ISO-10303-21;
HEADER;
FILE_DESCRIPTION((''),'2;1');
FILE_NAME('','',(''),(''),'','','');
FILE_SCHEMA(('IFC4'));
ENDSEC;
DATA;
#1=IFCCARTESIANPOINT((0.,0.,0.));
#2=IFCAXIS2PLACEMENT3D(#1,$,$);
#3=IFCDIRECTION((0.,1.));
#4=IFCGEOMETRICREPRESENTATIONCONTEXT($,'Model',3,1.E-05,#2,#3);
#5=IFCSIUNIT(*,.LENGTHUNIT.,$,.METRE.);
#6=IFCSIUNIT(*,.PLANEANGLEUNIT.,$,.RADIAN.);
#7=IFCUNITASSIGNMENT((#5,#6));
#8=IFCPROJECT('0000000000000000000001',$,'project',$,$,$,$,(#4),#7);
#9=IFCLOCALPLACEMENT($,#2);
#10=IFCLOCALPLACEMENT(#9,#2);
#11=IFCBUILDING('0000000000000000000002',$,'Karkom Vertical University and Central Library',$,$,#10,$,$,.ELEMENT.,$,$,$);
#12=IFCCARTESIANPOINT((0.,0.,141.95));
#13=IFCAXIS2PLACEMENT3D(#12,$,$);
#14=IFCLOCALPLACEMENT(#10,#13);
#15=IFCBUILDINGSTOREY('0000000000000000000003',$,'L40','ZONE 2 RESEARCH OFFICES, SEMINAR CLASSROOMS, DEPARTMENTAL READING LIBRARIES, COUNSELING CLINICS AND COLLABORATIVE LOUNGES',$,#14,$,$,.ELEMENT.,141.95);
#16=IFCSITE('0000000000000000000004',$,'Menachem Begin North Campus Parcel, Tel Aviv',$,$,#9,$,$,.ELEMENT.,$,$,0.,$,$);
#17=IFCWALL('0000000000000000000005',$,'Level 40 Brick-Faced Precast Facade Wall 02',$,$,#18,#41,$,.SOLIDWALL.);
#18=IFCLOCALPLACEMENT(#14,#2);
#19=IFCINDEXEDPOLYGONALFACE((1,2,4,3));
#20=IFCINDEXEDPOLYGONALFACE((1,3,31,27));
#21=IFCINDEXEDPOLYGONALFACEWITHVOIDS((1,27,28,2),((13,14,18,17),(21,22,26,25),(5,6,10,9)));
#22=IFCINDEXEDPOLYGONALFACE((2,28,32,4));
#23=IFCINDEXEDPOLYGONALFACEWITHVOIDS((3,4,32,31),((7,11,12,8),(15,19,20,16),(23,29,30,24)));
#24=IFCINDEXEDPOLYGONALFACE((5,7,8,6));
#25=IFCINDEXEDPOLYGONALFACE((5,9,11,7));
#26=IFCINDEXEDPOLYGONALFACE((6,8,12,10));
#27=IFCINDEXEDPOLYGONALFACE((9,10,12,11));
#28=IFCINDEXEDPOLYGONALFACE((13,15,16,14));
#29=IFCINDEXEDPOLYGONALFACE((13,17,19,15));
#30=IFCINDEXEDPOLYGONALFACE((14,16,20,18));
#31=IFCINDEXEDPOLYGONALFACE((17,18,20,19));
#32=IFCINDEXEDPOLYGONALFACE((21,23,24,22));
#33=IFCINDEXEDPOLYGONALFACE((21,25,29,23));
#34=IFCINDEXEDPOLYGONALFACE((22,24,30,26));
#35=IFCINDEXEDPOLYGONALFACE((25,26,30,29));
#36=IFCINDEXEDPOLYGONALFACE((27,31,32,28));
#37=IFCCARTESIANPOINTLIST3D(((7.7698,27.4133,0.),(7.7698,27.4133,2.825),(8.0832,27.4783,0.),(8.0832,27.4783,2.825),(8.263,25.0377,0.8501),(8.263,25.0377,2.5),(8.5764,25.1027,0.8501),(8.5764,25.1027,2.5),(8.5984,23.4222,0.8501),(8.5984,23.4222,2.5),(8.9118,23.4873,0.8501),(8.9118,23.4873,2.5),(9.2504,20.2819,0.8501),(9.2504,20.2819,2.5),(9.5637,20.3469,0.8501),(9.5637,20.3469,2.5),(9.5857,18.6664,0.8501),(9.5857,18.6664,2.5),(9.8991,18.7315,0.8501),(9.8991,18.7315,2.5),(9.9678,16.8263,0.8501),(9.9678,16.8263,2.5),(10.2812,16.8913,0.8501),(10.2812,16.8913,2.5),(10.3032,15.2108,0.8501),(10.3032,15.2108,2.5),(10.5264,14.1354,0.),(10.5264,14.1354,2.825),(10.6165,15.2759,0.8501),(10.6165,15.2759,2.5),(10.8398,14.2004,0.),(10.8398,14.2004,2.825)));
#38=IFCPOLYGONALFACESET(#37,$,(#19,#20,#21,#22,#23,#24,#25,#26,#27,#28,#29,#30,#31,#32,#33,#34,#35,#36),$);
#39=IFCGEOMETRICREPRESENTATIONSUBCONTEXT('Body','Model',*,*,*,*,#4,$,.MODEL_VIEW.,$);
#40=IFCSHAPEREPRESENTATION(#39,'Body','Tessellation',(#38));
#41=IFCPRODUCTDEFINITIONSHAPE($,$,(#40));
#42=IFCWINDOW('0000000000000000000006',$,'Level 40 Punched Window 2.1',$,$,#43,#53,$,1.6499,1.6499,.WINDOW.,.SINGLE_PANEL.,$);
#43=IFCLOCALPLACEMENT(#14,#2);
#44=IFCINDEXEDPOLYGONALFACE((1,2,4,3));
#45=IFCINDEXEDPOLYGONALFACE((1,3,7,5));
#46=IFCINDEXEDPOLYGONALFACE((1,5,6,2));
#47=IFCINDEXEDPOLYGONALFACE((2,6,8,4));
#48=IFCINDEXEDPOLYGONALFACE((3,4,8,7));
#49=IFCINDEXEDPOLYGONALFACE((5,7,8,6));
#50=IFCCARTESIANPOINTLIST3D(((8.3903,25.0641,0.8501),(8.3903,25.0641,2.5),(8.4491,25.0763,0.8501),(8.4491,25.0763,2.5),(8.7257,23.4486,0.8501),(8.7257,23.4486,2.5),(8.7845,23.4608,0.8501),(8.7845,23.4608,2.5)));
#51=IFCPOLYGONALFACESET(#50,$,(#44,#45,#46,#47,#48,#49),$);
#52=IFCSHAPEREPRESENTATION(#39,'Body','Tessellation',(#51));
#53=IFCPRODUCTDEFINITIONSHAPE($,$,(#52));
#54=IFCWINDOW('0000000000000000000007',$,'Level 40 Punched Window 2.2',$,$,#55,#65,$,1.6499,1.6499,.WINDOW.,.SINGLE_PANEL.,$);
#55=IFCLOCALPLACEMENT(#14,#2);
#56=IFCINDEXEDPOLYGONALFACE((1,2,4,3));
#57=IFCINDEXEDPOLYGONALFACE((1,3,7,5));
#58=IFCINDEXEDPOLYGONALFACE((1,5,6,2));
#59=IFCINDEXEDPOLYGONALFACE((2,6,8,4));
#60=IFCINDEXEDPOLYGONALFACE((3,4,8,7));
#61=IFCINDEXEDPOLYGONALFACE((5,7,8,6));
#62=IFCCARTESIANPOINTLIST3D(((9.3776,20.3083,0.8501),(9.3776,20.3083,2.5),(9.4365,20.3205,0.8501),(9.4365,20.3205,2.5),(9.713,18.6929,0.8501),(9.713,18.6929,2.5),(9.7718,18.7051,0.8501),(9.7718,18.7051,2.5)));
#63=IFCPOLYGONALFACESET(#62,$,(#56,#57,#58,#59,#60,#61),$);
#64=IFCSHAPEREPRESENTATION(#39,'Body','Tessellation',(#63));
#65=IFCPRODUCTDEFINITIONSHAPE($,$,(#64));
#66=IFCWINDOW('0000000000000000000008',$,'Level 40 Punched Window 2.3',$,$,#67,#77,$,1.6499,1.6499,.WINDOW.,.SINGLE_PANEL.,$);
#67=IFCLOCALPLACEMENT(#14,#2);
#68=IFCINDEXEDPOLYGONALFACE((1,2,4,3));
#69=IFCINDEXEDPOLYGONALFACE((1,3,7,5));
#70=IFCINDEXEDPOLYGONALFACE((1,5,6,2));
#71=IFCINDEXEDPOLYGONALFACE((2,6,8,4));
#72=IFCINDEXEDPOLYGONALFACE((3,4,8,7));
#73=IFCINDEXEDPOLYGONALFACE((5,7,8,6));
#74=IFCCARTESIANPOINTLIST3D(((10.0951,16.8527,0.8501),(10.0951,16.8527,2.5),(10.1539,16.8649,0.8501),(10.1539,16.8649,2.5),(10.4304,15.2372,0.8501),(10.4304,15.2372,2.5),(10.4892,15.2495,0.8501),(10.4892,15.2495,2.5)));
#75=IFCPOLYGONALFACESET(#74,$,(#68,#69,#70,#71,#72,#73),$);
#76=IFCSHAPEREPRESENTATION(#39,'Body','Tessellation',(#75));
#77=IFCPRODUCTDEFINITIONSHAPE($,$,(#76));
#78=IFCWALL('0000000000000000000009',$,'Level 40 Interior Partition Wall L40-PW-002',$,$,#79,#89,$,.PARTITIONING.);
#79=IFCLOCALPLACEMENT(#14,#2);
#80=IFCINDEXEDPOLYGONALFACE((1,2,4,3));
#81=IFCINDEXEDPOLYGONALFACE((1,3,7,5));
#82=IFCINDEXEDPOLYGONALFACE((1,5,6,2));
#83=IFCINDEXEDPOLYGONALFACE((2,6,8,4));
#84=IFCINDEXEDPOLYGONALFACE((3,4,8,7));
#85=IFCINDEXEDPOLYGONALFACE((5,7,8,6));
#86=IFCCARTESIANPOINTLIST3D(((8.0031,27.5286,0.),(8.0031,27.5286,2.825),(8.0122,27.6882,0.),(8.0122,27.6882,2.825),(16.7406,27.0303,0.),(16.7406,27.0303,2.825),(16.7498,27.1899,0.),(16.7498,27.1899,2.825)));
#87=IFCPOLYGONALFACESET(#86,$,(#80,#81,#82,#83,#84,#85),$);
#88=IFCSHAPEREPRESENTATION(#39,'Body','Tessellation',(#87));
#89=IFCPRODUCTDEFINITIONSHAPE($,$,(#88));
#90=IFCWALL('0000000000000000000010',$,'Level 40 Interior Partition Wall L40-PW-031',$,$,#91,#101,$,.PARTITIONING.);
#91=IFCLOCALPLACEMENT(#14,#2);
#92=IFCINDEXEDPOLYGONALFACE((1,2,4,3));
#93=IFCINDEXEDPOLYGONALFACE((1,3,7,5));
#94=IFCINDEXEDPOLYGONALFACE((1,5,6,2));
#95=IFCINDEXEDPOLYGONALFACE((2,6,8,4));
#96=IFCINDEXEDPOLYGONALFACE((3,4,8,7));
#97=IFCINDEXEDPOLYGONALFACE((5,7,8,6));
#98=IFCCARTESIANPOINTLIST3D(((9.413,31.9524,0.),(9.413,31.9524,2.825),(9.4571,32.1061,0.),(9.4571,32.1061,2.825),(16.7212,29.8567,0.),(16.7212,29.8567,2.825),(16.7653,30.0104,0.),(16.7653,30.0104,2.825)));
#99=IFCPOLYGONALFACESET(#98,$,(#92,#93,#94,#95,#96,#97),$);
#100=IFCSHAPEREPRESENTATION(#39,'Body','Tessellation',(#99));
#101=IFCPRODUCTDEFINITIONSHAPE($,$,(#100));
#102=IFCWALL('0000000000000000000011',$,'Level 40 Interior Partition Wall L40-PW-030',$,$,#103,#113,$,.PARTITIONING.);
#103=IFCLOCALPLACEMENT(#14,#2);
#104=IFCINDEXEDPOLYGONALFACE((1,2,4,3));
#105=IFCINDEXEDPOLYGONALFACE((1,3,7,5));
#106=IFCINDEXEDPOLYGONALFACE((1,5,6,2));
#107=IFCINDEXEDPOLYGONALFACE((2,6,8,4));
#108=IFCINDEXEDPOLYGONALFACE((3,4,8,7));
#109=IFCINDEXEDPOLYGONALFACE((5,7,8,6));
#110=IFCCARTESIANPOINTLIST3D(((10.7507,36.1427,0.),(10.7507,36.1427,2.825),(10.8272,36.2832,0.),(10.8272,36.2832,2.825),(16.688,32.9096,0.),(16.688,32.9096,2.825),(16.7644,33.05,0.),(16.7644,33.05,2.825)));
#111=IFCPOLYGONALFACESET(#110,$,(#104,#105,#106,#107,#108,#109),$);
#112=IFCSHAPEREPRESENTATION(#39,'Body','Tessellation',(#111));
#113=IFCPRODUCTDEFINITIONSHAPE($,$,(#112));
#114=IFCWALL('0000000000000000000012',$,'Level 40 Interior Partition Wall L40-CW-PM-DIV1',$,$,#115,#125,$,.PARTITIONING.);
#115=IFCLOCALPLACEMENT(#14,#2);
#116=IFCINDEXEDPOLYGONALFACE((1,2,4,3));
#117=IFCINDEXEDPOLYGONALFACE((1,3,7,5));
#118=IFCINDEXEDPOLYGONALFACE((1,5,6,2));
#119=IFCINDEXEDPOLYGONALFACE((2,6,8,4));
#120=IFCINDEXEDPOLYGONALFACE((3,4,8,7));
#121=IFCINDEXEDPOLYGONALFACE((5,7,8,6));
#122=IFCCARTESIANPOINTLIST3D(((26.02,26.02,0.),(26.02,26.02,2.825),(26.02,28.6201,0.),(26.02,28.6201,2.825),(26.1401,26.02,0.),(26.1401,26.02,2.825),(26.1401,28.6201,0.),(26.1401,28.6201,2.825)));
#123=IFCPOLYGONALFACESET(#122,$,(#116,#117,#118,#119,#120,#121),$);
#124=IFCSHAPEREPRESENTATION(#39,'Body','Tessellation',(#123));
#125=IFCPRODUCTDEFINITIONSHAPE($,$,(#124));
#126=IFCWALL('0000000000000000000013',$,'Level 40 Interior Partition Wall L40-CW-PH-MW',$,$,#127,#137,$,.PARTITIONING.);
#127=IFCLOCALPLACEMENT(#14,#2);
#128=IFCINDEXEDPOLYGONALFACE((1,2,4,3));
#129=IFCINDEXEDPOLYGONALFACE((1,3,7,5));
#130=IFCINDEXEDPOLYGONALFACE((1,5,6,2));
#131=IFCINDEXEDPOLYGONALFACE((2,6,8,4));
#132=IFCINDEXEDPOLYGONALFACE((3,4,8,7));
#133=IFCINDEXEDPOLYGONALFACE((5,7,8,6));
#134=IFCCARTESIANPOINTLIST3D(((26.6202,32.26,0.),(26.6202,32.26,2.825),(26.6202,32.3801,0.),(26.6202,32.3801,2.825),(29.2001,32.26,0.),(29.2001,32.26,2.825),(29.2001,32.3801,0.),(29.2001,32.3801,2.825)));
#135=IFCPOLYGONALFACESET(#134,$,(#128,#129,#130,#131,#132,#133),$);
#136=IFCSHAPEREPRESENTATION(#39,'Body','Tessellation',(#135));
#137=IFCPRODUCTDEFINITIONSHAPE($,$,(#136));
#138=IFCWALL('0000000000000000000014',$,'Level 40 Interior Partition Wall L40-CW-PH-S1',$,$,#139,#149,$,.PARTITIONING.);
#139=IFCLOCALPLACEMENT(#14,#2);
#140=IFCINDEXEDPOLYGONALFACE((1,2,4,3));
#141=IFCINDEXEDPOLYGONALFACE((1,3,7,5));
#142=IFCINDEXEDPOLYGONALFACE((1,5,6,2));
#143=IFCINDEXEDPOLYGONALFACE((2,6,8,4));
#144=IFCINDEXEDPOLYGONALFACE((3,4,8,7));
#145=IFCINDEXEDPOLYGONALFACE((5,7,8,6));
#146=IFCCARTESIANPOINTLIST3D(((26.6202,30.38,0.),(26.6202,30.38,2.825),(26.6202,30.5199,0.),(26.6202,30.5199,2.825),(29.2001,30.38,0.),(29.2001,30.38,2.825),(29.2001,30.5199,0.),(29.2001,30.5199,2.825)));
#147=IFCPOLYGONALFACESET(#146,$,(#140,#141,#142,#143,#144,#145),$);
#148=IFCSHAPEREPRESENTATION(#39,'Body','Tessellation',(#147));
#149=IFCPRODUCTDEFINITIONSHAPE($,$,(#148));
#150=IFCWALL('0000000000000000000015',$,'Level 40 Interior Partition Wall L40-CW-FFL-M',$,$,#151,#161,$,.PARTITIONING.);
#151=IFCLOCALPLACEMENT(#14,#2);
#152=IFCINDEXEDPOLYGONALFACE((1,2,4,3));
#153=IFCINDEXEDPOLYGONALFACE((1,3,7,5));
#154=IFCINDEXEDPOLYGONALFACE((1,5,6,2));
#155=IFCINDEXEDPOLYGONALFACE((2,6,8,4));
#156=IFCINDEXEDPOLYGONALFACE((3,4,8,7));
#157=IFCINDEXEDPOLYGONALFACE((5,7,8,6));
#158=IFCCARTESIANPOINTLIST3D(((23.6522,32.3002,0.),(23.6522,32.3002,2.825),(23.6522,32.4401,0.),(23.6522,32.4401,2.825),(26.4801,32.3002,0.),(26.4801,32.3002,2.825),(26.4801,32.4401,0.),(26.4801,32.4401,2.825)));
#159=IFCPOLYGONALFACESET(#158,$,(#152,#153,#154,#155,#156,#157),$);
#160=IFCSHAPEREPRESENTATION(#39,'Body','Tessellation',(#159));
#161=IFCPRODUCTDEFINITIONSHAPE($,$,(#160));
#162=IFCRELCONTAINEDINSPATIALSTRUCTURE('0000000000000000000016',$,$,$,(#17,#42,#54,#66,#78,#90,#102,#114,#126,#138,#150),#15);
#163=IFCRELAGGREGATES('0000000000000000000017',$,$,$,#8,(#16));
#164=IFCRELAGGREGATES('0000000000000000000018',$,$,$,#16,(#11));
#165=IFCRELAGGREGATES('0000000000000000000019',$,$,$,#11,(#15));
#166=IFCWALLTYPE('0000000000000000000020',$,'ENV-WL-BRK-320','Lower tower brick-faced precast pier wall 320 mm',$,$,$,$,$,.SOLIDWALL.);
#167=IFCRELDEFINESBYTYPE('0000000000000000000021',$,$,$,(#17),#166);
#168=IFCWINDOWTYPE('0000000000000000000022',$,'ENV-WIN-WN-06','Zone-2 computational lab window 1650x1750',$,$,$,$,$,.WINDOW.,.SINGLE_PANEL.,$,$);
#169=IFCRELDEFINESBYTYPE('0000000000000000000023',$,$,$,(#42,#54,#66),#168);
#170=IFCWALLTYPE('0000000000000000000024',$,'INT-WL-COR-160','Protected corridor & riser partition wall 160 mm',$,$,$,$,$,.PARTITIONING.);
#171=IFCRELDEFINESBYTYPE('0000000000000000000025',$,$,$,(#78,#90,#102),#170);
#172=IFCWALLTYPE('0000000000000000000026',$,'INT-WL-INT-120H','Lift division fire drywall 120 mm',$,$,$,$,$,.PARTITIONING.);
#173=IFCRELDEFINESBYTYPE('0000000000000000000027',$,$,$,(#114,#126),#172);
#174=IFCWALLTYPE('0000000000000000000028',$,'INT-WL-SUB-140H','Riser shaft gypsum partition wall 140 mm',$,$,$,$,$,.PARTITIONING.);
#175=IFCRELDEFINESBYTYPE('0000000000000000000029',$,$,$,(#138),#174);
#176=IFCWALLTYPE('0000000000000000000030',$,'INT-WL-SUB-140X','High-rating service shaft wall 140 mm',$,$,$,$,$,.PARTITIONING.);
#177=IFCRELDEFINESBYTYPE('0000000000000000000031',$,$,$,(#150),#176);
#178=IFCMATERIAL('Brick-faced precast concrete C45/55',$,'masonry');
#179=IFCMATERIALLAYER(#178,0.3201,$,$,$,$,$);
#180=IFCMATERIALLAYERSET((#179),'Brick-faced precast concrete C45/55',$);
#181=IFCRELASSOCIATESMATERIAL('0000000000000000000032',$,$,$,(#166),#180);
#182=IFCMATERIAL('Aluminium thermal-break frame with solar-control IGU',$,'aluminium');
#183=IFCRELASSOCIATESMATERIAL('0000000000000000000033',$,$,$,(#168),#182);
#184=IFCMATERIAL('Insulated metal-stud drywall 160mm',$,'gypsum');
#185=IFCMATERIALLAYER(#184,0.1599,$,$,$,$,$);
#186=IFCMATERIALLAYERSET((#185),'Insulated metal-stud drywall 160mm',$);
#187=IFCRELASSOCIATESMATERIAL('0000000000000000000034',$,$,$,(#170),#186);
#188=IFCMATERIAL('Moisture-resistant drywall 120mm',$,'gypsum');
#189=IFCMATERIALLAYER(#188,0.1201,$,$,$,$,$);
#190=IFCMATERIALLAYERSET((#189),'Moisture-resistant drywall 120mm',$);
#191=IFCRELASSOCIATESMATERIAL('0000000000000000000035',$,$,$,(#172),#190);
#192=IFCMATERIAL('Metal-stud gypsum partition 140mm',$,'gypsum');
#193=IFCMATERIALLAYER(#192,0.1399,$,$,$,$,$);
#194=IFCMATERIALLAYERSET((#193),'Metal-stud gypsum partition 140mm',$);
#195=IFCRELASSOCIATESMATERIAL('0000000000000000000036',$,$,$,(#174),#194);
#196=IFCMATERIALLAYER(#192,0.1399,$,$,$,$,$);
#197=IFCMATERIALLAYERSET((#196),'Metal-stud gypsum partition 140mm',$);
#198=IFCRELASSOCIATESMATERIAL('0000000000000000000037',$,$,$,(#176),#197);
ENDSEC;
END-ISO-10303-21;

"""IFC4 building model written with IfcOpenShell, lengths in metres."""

from ifc_helpers import new_model, si_unit, direction, frame, frame_2d, origin, origin_with_axes, place, context, subcontext, project, spatial, rectangle, extrude, source, transform, mapped, material, layer, layer_set, type_object, element, fill, save


model = new_model("IFC4")

# Units and contexts
model_context = context("Model", 3, precision=1e-05, world=origin(), true_north=direction((0.0, 1.0)))
body_context = subcontext(model_context, "Body", "Model", "MODEL_VIEW")
ifc_project = project(units=[si_unit("LENGTHUNIT", "METRE"), si_unit("PLANEANGLEUNIT", "RADIAN")], contexts=[model_context])

# Site, building, storey
site_placement = place(None, origin())
site = spatial("IfcSite", under=ifc_project, at=site_placement, Name="Menachem Begin North Campus Parcel, Tel Aviv", CompositionType="ELEMENT", RefElevation=0.0)
building_placement = place(site_placement, origin())
building = spatial("IfcBuilding", under=site, at=building_placement, Name="Karkom Vertical University and Central Library", CompositionType="ELEMENT")
storey_placement = place(building_placement, frame((0.0, 0.0, 141.95)))
storey = spatial("IfcBuildingStorey", under=building, at=storey_placement, Name="L40", Description="ZONE 2 RESEARCH OFFICES, SEMINAR CLASSROOMS, DEPARTMENTAL READING LIBRARIES, COUNSELING CLINICS AND COLLABORATIVE LOUNGES", CompositionType="ELEMENT", Elevation=141.95)

# Wall, openings, windows
ifc_material_1 = material(Name="Brick-faced precast concrete C45/55", Category="masonry")
ifc_layer_1 = layer(ifc_material_1, 0.3201)
ifc_layer_set_1 = layer_set([ifc_layer_1], Name="Brick-faced precast concrete C45/55")
wall_type_1 = type_object("IfcWallType", Name="ENV-WL-BRK-320", Description="Lower tower brick-faced precast pier wall 320 mm", PredefinedType="SOLIDWALL", material=ifc_layer_set_1)
wall_1_placement = place(storey_placement, frame((7.9265, 27.4458, 0.0), z_axis=(0.0, 0.0, 1.0), x_axis=(0.203274, -0.979122, 0.0)))
wall_1 = element("IfcWall", 1, at=wall_1_placement, inside=storey, type_object=wall_type_1, Name="Level 40 Brick-Faced Precast Facade Wall 02", PredefinedType="SOLIDWALL", context=body_context, shape_type="SweptSolid", body=[
    extrude(rectangle(XDim=13.561, YDim=0.3201, at=frame_2d((6.7805, 0.0))), origin(), (0.0, 0.0, 1.0), 2.825),
])
opening_1_placement = place(wall_1_placement, frame((2.4263, 0.0, 0.8501)))
opening_1 = element("IfcOpeningElement", 2, at=opening_1_placement, cuts=wall_1, PredefinedType="OPENING", context=body_context, shape_type="SweptSolid", body=[
    extrude(rectangle(XDim=1.6499, YDim=1.6499, at=frame_2d((0.825, 0.825))), frame((0.0, 0.1699, 0.0), z_axis=(0.0, -1.0, 0.0), x_axis=(1.0, 0.0, 0.0)), (0.0, 0.0, 1.0), 0.3401),
])
opening_2_placement = place(wall_1_placement, frame((7.2834, 0.0, 0.8501)))
opening_2 = element("IfcOpeningElement", 3, at=opening_2_placement, cuts=wall_1, PredefinedType="OPENING", context=body_context, shape_type="SweptSolid", body=[
    extrude(rectangle(XDim=1.6499, YDim=1.6499, at=frame_2d((0.825, 0.825))), frame((0.0, 0.1699, 0.0), z_axis=(0.0, -1.0, 0.0), x_axis=(1.0, 0.0, 0.0)), (0.0, 0.0, 1.0), 0.3401),
])
opening_3_placement = place(wall_1_placement, frame((10.8127, 0.0, 0.8501)))
opening_3 = element("IfcOpeningElement", 4, at=opening_3_placement, cuts=wall_1, PredefinedType="OPENING", context=body_context, shape_type="SweptSolid", body=[
    extrude(rectangle(XDim=1.6499, YDim=1.6499, at=frame_2d((0.825, 0.825))), frame((0.0, 0.1699, 0.0), z_axis=(0.0, -1.0, 0.0), x_axis=(1.0, 0.0, 0.0)), (0.0, 0.0, 1.0), 0.3401),
])
ifc_material_2 = material(Name="Aluminium thermal-break frame with solar-control IGU", Category="aluminium")
window_type = type_object("IfcWindowType", Name="ENV-WIN-WN-06", Description="Zone-2 computational lab window 1650x1750", PartitioningType="SINGLE_PANEL", PredefinedType="WINDOW", material=ifc_material_2)
shared_shape_1 = source(origin_with_axes(), body_context, "Body", "SweptSolid", [
    extrude(rectangle(XDim=1.6499, YDim=1.6499, at=frame_2d((0.825, 0.825))), frame((0.0, 0.03, 0.0), z_axis=(0.0, -1.0, 0.0), x_axis=(1.0, 0.0, 0.0)), (0.0, 0.0, 1.0), 0.0601),
])
window_1_placement = place(opening_1_placement, origin())
window_1 = element("IfcWindow", 5, at=window_1_placement, inside=storey, type_object=window_type, Name="Level 40 Punched Window 2.1", OverallHeight=1.6499, OverallWidth=1.6499, PartitioningType="SINGLE_PANEL", PredefinedType="WINDOW", context=body_context, shape_type="MappedRepresentation", body=[
    mapped(shared_shape_1, transform((0.0, 0.0, 0.0), scale=1.0)),
])
fill(opening_1, window_1)
window_2_placement = place(opening_2_placement, origin())
window_2 = element("IfcWindow", 6, at=window_2_placement, inside=storey, type_object=window_type, Name="Level 40 Punched Window 2.2", OverallHeight=1.6499, OverallWidth=1.6499, PartitioningType="SINGLE_PANEL", PredefinedType="WINDOW", context=body_context, shape_type="MappedRepresentation", body=[
    mapped(shared_shape_1, transform((0.0, 0.0, 0.0), scale=1.0)),
])
fill(opening_2, window_2)
window_3_placement = place(opening_3_placement, origin())
window_3 = element("IfcWindow", 7, at=window_3_placement, inside=storey, type_object=window_type, Name="Level 40 Punched Window 2.3", OverallHeight=1.6499, OverallWidth=1.6499, PartitioningType="SINGLE_PANEL", PredefinedType="WINDOW", context=body_context, shape_type="MappedRepresentation", body=[
    mapped(shared_shape_1, transform((0.0, 0.0, 0.0), scale=1.0)),
])
fill(opening_3, window_3)

# Walls
ifc_material_3 = material(Name="Insulated metal-stud drywall 160mm", Category="gypsum")
ifc_layer_2 = layer(ifc_material_3, 0.1599)
ifc_layer_set_2 = layer_set([ifc_layer_2], Name="Insulated metal-stud drywall 160mm")
wall_type_2 = type_object("IfcWallType", Name="INT-WL-COR-160", Description="Protected corridor & riser partition wall 160 mm", PredefinedType="PARTITIONING", material=ifc_layer_set_2)
wall_2_placement = place(storey_placement, frame((8.0076, 27.6084, 0.0), z_axis=(0.0, 0.0, 1.0), x_axis=(0.998378, -0.056936, 0.0)))
element("IfcWall", 8, at=wall_2_placement, inside=storey, type_object=wall_type_2, Name="Level 40 Interior Partition Wall L40-PW-002", PredefinedType="PARTITIONING", context=body_context, shape_type="SweptSolid", body=[
    extrude(rectangle(XDim=8.7517, YDim=0.1599, at=frame_2d((4.376, 0.0))), origin(), (0.0, 0.0, 1.0), 2.825),
])
wall_3_placement = place(storey_placement, frame((16.7432, 29.9336, 0.0), z_axis=(0.0, 0.0, 1.0), x_axis=(-0.961259, 0.275646, 0.0)))
element("IfcWall", 9, at=wall_3_placement, inside=storey, type_object=wall_type_2, Name="Level 40 Interior Partition Wall L40-PW-031", PredefinedType="PARTITIONING", context=body_context, shape_type="SweptSolid", body=[
    extrude(rectangle(XDim=7.6028, YDim=0.1599, at=frame_2d((3.8013, 0.0))), origin(), (0.0, 0.0, 1.0), 2.825),
])
wall_4_placement = place(storey_placement, frame((16.7263, 32.9797, 0.0), z_axis=(0.0, 0.0, 1.0), x_axis=(-0.878228, 0.478242, 0.0)))
element("IfcWall", 10, at=wall_4_placement, inside=storey, type_object=wall_type_2, Name="Level 40 Interior Partition Wall L40-PW-030", PredefinedType="PARTITIONING", context=body_context, shape_type="SweptSolid", body=[
    extrude(rectangle(XDim=6.7605, YDim=0.1599, at=frame_2d((3.3804, 0.0))), origin(), (0.0, 0.0, 1.0), 2.825),
])
ifc_material_4 = material(Name="Moisture-resistant drywall 120mm", Category="gypsum")
ifc_layer_3 = layer(ifc_material_4, 0.1201)
ifc_layer_set_3 = layer_set([ifc_layer_3], Name="Moisture-resistant drywall 120mm")
wall_type_3 = type_object("IfcWallType", Name="INT-WL-INT-120H", Description="Lift division fire drywall 120 mm", PredefinedType="PARTITIONING", material=ifc_layer_set_3)
wall_5_placement = place(storey_placement, frame((26.0801, 26.02, 0.0), z_axis=(0.0, 0.0, 1.0), x_axis=(0.0, 1.0, 0.0)))
element("IfcWall", 11, at=wall_5_placement, inside=storey, type_object=wall_type_3, Name="Level 40 Interior Partition Wall L40-CW-PM-DIV1", PredefinedType="PARTITIONING", context=body_context, shape_type="SweptSolid", body=[
    extrude(rectangle(XDim=2.6001, YDim=0.1201, at=frame_2d((1.3, 0.0))), origin(), (0.0, 0.0, 1.0), 2.825),
])
wall_6_placement = place(storey_placement, frame((26.6201, 32.3201, 0.0), z_axis=(0.0, 0.0, 1.0), x_axis=(1.0, 0.0, 0.0)))
element("IfcWall", 12, at=wall_6_placement, inside=storey, type_object=wall_type_3, Name="Level 40 Interior Partition Wall L40-CW-PH-MW", PredefinedType="PARTITIONING", context=body_context, shape_type="SweptSolid", body=[
    extrude(rectangle(XDim=2.5798, YDim=0.1201, at=frame_2d((1.29, 0.0))), origin(), (0.0, 0.0, 1.0), 2.825),
])
ifc_material_5 = material(Name="Metal-stud gypsum partition 140mm", Category="gypsum")
ifc_layer_4 = layer(ifc_material_5, 0.1399)
ifc_layer_set_4 = layer_set([ifc_layer_4], Name="Metal-stud gypsum partition 140mm")
wall_type_4 = type_object("IfcWallType", Name="INT-WL-SUB-140H", Description="Riser shaft gypsum partition wall 140 mm", PredefinedType="PARTITIONING", material=ifc_layer_set_4)
wall_7_placement = place(storey_placement, frame((26.6201, 30.45, 0.0), z_axis=(0.0, 0.0, 1.0), x_axis=(1.0, 0.0, 0.0)))
element("IfcWall", 13, at=wall_7_placement, inside=storey, type_object=wall_type_4, Name="Level 40 Interior Partition Wall L40-CW-PH-S1", PredefinedType="PARTITIONING", context=body_context, shape_type="SweptSolid", body=[
    extrude(rectangle(XDim=2.5798, YDim=0.1399, at=frame_2d((1.29, 0.0))), origin(), (0.0, 0.0, 1.0), 2.825),
])
ifc_layer_5 = layer(ifc_material_5, 0.1399)
ifc_layer_set_5 = layer_set([ifc_layer_5], Name="Metal-stud gypsum partition 140mm")
wall_type_5 = type_object("IfcWallType", Name="INT-WL-SUB-140X", Description="High-rating service shaft wall 140 mm", PredefinedType="PARTITIONING", material=ifc_layer_set_5)
wall_8_placement = place(storey_placement, frame((23.6521, 32.3701, 0.0), z_axis=(0.0, 0.0, 1.0), x_axis=(1.0, 0.0, 0.0)))
element("IfcWall", 14, at=wall_8_placement, inside=storey, type_object=wall_type_5, Name="Level 40 Interior Partition Wall L40-CW-FFL-M", PredefinedType="PARTITIONING", context=body_context, shape_type="SweptSolid", body=[
    extrude(rectangle(XDim=2.8279, YDim=0.1399, at=frame_2d((1.4141, 0.0))), origin(), (0.0, 0.0, 1.0), 2.825),
])

save(model, "model.ifc")
